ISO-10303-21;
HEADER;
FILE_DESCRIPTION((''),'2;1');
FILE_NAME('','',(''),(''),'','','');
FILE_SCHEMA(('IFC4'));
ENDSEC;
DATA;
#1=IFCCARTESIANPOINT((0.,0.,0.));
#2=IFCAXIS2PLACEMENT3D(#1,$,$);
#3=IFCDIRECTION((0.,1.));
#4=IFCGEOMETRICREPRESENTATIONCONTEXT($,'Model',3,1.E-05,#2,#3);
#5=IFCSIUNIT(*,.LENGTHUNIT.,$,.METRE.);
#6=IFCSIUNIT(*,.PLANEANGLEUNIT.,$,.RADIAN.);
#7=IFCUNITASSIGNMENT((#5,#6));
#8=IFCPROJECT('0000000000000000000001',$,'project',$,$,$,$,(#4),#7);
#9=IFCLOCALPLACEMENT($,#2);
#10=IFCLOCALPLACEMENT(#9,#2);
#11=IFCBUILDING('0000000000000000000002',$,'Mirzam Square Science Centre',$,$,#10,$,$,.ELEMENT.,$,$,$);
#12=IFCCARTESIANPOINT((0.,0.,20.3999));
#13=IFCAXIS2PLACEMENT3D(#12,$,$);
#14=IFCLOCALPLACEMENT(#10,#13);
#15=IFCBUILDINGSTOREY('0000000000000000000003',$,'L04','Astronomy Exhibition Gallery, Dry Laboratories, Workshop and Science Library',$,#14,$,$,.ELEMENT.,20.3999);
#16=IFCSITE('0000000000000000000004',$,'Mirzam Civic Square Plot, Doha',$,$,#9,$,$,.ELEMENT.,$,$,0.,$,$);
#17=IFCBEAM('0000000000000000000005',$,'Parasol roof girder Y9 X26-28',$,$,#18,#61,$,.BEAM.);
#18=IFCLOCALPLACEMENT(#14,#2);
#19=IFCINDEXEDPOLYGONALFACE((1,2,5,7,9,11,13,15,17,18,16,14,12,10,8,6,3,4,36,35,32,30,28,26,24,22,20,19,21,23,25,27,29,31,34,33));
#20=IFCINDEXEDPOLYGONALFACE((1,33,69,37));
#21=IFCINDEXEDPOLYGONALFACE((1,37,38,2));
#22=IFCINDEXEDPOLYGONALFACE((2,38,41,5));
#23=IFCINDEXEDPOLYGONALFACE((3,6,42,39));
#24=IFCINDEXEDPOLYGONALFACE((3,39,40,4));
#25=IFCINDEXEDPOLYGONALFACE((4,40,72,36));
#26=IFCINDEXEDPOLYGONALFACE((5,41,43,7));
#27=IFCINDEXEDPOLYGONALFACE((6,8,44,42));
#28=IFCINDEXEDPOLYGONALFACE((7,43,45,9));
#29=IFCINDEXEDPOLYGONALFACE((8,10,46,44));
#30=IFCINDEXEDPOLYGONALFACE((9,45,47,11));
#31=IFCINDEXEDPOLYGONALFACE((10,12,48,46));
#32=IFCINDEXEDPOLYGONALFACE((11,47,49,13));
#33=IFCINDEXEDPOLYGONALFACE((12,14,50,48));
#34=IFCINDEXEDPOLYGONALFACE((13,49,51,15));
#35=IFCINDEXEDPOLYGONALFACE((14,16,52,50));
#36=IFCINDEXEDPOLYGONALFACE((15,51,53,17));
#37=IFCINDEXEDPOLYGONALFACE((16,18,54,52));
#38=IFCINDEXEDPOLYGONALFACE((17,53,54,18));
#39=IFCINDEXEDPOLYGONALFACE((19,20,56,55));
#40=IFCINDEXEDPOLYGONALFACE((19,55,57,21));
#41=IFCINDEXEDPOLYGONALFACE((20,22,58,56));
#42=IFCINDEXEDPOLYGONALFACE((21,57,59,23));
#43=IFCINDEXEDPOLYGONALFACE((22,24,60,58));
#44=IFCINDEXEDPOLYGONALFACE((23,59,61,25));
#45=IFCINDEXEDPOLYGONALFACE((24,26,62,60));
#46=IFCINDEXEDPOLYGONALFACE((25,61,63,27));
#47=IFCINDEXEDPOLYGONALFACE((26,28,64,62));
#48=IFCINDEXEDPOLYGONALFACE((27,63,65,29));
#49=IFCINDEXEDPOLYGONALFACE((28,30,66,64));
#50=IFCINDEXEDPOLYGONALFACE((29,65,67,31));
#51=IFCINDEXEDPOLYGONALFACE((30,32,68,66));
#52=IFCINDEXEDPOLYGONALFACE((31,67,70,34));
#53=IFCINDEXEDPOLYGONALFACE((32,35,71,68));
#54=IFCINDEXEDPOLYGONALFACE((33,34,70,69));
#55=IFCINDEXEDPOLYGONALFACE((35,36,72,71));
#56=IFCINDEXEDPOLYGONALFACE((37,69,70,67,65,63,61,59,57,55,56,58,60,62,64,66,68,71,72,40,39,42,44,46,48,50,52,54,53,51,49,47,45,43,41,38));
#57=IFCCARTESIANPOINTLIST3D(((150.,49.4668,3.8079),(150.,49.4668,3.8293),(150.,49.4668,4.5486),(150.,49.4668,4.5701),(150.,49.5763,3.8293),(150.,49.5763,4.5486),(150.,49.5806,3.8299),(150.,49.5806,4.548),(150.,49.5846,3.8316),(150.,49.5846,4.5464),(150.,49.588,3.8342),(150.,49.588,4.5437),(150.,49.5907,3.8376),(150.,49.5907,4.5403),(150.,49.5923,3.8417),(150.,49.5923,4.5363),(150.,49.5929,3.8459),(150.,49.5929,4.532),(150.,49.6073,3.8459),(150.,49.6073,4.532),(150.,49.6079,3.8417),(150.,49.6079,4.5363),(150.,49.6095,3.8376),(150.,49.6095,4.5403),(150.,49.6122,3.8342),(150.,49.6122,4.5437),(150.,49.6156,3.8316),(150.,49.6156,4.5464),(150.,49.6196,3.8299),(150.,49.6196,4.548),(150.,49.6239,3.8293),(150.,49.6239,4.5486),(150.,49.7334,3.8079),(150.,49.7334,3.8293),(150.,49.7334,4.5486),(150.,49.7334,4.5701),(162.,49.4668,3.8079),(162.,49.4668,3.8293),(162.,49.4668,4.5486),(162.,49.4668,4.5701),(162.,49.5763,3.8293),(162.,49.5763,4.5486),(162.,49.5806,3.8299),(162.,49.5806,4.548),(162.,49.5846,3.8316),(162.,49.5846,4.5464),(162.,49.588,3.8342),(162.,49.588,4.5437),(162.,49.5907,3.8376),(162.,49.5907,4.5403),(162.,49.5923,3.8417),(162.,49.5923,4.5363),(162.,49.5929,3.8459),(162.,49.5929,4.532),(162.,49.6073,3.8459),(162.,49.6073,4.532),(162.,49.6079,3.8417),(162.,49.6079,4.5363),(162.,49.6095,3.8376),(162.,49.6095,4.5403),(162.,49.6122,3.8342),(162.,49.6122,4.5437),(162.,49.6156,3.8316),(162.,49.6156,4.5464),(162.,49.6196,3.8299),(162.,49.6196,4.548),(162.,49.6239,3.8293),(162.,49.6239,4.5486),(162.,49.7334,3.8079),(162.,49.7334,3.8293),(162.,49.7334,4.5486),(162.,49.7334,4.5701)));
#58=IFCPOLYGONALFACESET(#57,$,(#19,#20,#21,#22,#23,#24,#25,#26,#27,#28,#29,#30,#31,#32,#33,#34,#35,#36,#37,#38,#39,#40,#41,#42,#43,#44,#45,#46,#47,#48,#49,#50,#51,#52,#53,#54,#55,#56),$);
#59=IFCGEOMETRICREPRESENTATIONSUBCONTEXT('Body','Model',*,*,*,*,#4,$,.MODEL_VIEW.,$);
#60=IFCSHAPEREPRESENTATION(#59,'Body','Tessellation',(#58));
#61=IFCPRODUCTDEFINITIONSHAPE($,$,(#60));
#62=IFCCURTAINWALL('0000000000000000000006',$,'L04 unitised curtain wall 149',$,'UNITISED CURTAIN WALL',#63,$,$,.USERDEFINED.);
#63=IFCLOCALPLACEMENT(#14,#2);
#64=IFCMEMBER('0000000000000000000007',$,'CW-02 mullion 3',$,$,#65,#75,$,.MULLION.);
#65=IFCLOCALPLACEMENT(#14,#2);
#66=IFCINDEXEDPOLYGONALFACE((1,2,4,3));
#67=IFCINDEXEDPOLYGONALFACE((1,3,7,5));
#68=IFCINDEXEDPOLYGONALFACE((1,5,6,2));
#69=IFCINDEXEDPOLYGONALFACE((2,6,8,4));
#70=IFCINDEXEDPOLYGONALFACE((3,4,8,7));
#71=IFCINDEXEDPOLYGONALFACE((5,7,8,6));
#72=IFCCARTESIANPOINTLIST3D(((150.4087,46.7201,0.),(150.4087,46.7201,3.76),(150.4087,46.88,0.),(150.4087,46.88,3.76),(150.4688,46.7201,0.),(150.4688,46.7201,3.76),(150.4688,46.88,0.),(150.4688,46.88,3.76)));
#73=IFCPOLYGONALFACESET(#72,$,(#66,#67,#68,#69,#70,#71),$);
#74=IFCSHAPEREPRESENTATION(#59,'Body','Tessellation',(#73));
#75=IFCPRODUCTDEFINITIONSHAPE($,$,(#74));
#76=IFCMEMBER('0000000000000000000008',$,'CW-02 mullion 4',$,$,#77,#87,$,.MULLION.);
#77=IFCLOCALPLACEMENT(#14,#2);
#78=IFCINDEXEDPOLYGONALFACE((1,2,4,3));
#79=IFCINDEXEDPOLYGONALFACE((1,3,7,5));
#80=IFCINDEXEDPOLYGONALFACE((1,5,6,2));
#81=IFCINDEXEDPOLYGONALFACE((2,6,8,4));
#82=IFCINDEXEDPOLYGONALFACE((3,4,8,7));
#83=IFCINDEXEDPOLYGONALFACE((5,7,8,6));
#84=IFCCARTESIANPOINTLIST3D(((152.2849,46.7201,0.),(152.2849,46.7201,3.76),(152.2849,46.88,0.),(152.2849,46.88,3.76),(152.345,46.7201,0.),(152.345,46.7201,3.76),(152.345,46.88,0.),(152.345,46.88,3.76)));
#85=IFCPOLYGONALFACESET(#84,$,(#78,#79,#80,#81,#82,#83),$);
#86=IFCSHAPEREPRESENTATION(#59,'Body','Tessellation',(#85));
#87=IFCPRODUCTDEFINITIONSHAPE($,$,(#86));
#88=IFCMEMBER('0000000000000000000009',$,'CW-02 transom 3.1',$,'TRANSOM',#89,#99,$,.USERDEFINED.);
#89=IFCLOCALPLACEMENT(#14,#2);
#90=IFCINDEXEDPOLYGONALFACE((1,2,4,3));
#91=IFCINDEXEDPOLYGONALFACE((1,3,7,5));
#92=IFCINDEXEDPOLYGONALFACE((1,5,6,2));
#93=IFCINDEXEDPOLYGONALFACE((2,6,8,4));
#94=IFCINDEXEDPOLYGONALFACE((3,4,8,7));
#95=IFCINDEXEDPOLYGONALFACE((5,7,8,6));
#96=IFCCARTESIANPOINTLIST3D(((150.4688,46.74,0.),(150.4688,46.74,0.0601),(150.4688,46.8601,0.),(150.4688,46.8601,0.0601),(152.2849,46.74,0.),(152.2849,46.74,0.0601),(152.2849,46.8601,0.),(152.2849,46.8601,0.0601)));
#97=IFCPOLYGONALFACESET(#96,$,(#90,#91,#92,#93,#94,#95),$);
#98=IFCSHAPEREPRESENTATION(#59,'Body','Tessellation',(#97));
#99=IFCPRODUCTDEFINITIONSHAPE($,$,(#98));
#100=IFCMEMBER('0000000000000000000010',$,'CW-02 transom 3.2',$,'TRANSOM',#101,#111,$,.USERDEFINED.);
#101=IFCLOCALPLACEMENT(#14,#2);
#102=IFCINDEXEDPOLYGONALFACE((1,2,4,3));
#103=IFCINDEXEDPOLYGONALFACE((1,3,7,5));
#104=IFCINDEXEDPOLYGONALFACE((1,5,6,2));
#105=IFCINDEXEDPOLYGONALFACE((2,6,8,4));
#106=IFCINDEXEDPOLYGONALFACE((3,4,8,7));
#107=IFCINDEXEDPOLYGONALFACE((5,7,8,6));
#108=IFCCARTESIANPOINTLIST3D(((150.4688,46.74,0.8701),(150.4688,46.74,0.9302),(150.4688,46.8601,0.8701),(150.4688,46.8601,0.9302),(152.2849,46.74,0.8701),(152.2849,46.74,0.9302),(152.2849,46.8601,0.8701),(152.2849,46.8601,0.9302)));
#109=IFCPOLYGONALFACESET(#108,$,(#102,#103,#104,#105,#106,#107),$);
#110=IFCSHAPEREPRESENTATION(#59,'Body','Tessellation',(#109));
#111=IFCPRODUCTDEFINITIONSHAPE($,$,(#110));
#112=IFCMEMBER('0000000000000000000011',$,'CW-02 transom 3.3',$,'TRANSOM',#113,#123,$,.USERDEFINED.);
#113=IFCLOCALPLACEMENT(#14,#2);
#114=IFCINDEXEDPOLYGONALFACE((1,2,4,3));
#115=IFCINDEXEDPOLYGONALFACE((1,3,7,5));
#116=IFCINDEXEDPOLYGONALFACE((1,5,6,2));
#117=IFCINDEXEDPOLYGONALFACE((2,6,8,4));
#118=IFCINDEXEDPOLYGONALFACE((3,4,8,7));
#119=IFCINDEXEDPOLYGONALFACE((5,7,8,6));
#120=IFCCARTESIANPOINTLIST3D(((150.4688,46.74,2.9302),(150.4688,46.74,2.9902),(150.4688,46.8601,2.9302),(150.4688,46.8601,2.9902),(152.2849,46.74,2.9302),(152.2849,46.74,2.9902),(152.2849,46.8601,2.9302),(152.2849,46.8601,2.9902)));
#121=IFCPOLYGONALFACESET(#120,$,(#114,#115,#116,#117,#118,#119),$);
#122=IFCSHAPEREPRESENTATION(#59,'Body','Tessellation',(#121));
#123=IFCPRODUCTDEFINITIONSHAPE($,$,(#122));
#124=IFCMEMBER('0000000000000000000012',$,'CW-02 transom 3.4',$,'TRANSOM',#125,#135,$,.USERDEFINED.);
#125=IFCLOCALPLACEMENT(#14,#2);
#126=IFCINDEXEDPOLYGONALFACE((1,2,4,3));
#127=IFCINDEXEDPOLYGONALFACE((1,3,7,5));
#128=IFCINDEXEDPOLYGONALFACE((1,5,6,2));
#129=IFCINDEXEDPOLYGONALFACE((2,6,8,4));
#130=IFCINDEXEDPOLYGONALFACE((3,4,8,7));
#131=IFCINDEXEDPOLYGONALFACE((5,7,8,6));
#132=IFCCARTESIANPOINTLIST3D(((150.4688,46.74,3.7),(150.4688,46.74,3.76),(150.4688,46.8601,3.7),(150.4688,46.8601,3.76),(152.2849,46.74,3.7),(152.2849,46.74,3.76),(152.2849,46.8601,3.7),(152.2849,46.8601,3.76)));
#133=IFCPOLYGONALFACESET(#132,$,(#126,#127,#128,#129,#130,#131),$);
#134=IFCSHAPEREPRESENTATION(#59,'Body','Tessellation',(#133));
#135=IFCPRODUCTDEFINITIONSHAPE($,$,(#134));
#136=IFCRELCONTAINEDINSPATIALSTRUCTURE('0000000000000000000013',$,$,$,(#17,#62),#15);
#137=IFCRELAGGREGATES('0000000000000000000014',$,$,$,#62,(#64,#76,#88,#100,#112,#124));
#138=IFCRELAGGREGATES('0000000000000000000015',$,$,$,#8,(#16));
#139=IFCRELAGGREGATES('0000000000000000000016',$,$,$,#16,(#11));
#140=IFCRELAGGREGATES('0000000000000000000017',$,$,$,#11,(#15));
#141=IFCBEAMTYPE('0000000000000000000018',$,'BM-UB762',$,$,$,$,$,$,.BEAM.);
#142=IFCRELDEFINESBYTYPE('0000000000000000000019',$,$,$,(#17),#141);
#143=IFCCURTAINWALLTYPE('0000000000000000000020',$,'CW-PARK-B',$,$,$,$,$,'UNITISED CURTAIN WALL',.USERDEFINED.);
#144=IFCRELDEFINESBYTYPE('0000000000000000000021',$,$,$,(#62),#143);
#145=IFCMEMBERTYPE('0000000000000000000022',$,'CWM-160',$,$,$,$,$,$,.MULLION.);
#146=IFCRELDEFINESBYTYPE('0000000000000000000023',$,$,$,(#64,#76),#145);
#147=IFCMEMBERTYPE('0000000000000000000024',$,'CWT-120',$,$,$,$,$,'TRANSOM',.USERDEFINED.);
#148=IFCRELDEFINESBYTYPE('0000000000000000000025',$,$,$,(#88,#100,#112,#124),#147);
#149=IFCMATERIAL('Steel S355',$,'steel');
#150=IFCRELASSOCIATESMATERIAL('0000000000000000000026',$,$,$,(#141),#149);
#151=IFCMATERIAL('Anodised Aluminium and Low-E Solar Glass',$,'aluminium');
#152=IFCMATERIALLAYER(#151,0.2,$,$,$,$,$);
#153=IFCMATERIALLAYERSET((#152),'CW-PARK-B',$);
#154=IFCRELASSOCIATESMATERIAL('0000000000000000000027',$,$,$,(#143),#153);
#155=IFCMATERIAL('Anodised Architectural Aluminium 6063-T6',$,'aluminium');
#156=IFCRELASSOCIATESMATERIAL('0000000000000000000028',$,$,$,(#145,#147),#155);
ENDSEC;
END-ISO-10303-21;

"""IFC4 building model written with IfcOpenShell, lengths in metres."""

from ifc_helpers import new_model, si_unit, direction, frame, origin, origin_2d, place, context, subcontext, project, spatial, rectangle, i_section, extrude, material, layer, layer_set, material_profile, profile_set, type_object, element, aggregate, save


model = new_model("IFC4")

# Units and contexts
model_context = context("Model", 3, precision=1e-05, world=origin(), true_north=direction((0.0, 1.0)))
body_context = subcontext(model_context, "Body", "Model", "MODEL_VIEW")
ifc_project = project(units=[si_unit("LENGTHUNIT", "METRE"), si_unit("PLANEANGLEUNIT", "RADIAN")], contexts=[model_context])

# Site, building, storey
site_placement = place(None, origin())
site = spatial("IfcSite", under=ifc_project, at=site_placement, Name="Mirzam Civic Square Plot, Doha", CompositionType="ELEMENT", RefElevation=0.0)
building_placement = place(site_placement, origin())
building = spatial("IfcBuilding", under=site, at=building_placement, Name="Mirzam Square Science Centre", CompositionType="ELEMENT")
storey_placement = place(building_placement, frame((0.0, 0.0, 20.3999)))
storey = spatial("IfcBuildingStorey", under=building, at=storey_placement, Name="L04", Description="Astronomy Exhibition Gallery, Dry Laboratories, Workshop and Science Library", CompositionType="ELEMENT", Elevation=20.3999)

# Shared definitions
ifc_material_1 = material(Name="Steel S355", Category="steel")

# Beam
ifc_material_profile_1 = material_profile(ifc_material_1, i_section(OverallWidth=0.2666, OverallDepth=0.7622, WebThickness=0.0144, FlangeThickness=0.0215, FilletRadius=0.0166, at=origin_2d()), Name="762x267x173UB")
ifc_profile_set_1 = profile_set([ifc_material_profile_1], Name="Steel S355")
beam_type_1 = type_object("IfcBeamType", Name="BM-UB762", PredefinedType="BEAM", material=ifc_profile_set_1)
beam_1_placement = place(storey_placement, frame((150.0, 49.6001, 4.189), z_axis=(1.0, 0.0, 0.0), x_axis=(0.0, 1.0, 0.0)))
element("IfcBeam", 1, at=beam_1_placement, inside=storey, type_object=beam_type_1, Name="Parasol roof girder Y9 X26-28", PredefinedType="BEAM", context=body_context, shape_type="SweptSolid", body=[
    extrude(i_section(OverallWidth=0.2666, OverallDepth=0.7622, WebThickness=0.0144, FlangeThickness=0.0215, FilletRadius=0.0166, at=origin_2d()), origin(), (0.0, 0.0, 1.0), 12.0),
])

# Curtain wall, members
ifc_material_2 = material(Name="Anodised Aluminium and Low-E Solar Glass", Category="aluminium")
ifc_layer_1 = layer(ifc_material_2, 0.2)
ifc_layer_set_1 = layer_set([ifc_layer_1], Name="CW-PARK-B")
curtain_wall_type = type_object("IfcCurtainWallType", Name="CW-PARK-B", ElementType="UNITISED CURTAIN WALL", PredefinedType="USERDEFINED", material=ifc_layer_set_1)
curtain_wall_placement = place(storey_placement, origin())
curtain_wall = element("IfcCurtainWall", 2, at=curtain_wall_placement, inside=storey, type_object=curtain_wall_type, Name="L04 unitised curtain wall 149", ObjectType="UNITISED CURTAIN WALL", PredefinedType="USERDEFINED")
ifc_material_3 = material(Name="Anodised Architectural Aluminium 6063-T6", Category="aluminium")
ifc_material_profile_2 = material_profile(ifc_material_3, rectangle(XDim=0.0601, YDim=0.1599, at=origin_2d()), Name="ALU-MULL-160x60x4")
ifc_profile_set_2 = profile_set([ifc_material_profile_2], Name="Anodised Architectural Aluminium 6063-T6")
member_type_1 = type_object("IfcMemberType", Name="CWM-160", PredefinedType="MULLION", material=ifc_profile_set_2)
member_1_placement = place(storey_placement, frame((150.4387, 46.8, 0.0), z_axis=(0.0, 0.0, 1.0), x_axis=(1.0, 0.0, 0.0)))
member_1 = element("IfcMember", 3, at=member_1_placement, type_object=member_type_1, Name="CW-02 mullion 3", PredefinedType="MULLION", context=body_context, shape_type="SweptSolid", body=[
    extrude(rectangle(XDim=0.0601, YDim=0.1599, at=origin_2d()), origin(), (0.0, 0.0, 1.0), 3.76),
])
member_2_placement = place(storey_placement, frame((152.3149, 46.8, 0.0), z_axis=(0.0, 0.0, 1.0), x_axis=(1.0, 0.0, 0.0)))
member_2 = element("IfcMember", 4, at=member_2_placement, type_object=member_type_1, Name="CW-02 mullion 4", PredefinedType="MULLION", context=body_context, shape_type="SweptSolid", body=[
    extrude(rectangle(XDim=0.0601, YDim=0.1599, at=origin_2d()), origin(), (0.0, 0.0, 1.0), 3.76),
])
ifc_material_profile_3 = material_profile(ifc_material_3, rectangle(XDim=0.1201, YDim=0.0601, at=origin_2d()), Name="ALU-TRAN-120x60x4")
ifc_profile_set_3 = profile_set([ifc_material_profile_3], Name="Anodised Architectural Aluminium 6063-T6")
member_type_2 = type_object("IfcMemberType", Name="CWT-120", ElementType="TRANSOM", PredefinedType="USERDEFINED", material=ifc_profile_set_3)
member_3_placement = place(storey_placement, frame((150.4688, 46.8, 0.03), z_axis=(1.0, 0.0, 0.0), x_axis=(0.0, 1.0, 0.0)))
member_3 = element("IfcMember", 5, at=member_3_placement, type_object=member_type_2, Name="CW-02 transom 3.1", ObjectType="TRANSOM", PredefinedType="USERDEFINED", context=body_context, shape_type="SweptSolid", body=[
    extrude(rectangle(XDim=0.1201, YDim=0.0601, at=origin_2d()), origin(), (0.0, 0.0, 1.0), 1.8162),
])
member_4_placement = place(storey_placement, frame((150.4688, 46.8, 0.9001), z_axis=(1.0, 0.0, 0.0), x_axis=(0.0, 1.0, 0.0)))
member_4 = element("IfcMember", 6, at=member_4_placement, type_object=member_type_2, Name="CW-02 transom 3.2", ObjectType="TRANSOM", PredefinedType="USERDEFINED", context=body_context, shape_type="SweptSolid", body=[
    extrude(rectangle(XDim=0.1201, YDim=0.0601, at=origin_2d()), origin(), (0.0, 0.0, 1.0), 1.8162),
])
member_5_placement = place(storey_placement, frame((150.4688, 46.8, 2.9602), z_axis=(1.0, 0.0, 0.0), x_axis=(0.0, 1.0, 0.0)))
member_5 = element("IfcMember", 7, at=member_5_placement, type_object=member_type_2, Name="CW-02 transom 3.3", ObjectType="TRANSOM", PredefinedType="USERDEFINED", context=body_context, shape_type="SweptSolid", body=[
    extrude(rectangle(XDim=0.1201, YDim=0.0601, at=origin_2d()), origin(), (0.0, 0.0, 1.0), 1.8162),
])
member_6_placement = place(storey_placement, frame((150.4688, 46.8, 3.73), z_axis=(1.0, 0.0, 0.0), x_axis=(0.0, 1.0, 0.0)))
member_6 = element("IfcMember", 8, at=member_6_placement, type_object=member_type_2, Name="CW-02 transom 3.4", ObjectType="TRANSOM", PredefinedType="USERDEFINED", context=body_context, shape_type="SweptSolid", body=[
    extrude(rectangle(XDim=0.1201, YDim=0.0601, at=origin_2d()), origin(), (0.0, 0.0, 1.0), 1.8162),
])

aggregate(curtain_wall, [member_1, member_2, member_3, member_4, member_5, member_6])

save(model, "model.ifc")
